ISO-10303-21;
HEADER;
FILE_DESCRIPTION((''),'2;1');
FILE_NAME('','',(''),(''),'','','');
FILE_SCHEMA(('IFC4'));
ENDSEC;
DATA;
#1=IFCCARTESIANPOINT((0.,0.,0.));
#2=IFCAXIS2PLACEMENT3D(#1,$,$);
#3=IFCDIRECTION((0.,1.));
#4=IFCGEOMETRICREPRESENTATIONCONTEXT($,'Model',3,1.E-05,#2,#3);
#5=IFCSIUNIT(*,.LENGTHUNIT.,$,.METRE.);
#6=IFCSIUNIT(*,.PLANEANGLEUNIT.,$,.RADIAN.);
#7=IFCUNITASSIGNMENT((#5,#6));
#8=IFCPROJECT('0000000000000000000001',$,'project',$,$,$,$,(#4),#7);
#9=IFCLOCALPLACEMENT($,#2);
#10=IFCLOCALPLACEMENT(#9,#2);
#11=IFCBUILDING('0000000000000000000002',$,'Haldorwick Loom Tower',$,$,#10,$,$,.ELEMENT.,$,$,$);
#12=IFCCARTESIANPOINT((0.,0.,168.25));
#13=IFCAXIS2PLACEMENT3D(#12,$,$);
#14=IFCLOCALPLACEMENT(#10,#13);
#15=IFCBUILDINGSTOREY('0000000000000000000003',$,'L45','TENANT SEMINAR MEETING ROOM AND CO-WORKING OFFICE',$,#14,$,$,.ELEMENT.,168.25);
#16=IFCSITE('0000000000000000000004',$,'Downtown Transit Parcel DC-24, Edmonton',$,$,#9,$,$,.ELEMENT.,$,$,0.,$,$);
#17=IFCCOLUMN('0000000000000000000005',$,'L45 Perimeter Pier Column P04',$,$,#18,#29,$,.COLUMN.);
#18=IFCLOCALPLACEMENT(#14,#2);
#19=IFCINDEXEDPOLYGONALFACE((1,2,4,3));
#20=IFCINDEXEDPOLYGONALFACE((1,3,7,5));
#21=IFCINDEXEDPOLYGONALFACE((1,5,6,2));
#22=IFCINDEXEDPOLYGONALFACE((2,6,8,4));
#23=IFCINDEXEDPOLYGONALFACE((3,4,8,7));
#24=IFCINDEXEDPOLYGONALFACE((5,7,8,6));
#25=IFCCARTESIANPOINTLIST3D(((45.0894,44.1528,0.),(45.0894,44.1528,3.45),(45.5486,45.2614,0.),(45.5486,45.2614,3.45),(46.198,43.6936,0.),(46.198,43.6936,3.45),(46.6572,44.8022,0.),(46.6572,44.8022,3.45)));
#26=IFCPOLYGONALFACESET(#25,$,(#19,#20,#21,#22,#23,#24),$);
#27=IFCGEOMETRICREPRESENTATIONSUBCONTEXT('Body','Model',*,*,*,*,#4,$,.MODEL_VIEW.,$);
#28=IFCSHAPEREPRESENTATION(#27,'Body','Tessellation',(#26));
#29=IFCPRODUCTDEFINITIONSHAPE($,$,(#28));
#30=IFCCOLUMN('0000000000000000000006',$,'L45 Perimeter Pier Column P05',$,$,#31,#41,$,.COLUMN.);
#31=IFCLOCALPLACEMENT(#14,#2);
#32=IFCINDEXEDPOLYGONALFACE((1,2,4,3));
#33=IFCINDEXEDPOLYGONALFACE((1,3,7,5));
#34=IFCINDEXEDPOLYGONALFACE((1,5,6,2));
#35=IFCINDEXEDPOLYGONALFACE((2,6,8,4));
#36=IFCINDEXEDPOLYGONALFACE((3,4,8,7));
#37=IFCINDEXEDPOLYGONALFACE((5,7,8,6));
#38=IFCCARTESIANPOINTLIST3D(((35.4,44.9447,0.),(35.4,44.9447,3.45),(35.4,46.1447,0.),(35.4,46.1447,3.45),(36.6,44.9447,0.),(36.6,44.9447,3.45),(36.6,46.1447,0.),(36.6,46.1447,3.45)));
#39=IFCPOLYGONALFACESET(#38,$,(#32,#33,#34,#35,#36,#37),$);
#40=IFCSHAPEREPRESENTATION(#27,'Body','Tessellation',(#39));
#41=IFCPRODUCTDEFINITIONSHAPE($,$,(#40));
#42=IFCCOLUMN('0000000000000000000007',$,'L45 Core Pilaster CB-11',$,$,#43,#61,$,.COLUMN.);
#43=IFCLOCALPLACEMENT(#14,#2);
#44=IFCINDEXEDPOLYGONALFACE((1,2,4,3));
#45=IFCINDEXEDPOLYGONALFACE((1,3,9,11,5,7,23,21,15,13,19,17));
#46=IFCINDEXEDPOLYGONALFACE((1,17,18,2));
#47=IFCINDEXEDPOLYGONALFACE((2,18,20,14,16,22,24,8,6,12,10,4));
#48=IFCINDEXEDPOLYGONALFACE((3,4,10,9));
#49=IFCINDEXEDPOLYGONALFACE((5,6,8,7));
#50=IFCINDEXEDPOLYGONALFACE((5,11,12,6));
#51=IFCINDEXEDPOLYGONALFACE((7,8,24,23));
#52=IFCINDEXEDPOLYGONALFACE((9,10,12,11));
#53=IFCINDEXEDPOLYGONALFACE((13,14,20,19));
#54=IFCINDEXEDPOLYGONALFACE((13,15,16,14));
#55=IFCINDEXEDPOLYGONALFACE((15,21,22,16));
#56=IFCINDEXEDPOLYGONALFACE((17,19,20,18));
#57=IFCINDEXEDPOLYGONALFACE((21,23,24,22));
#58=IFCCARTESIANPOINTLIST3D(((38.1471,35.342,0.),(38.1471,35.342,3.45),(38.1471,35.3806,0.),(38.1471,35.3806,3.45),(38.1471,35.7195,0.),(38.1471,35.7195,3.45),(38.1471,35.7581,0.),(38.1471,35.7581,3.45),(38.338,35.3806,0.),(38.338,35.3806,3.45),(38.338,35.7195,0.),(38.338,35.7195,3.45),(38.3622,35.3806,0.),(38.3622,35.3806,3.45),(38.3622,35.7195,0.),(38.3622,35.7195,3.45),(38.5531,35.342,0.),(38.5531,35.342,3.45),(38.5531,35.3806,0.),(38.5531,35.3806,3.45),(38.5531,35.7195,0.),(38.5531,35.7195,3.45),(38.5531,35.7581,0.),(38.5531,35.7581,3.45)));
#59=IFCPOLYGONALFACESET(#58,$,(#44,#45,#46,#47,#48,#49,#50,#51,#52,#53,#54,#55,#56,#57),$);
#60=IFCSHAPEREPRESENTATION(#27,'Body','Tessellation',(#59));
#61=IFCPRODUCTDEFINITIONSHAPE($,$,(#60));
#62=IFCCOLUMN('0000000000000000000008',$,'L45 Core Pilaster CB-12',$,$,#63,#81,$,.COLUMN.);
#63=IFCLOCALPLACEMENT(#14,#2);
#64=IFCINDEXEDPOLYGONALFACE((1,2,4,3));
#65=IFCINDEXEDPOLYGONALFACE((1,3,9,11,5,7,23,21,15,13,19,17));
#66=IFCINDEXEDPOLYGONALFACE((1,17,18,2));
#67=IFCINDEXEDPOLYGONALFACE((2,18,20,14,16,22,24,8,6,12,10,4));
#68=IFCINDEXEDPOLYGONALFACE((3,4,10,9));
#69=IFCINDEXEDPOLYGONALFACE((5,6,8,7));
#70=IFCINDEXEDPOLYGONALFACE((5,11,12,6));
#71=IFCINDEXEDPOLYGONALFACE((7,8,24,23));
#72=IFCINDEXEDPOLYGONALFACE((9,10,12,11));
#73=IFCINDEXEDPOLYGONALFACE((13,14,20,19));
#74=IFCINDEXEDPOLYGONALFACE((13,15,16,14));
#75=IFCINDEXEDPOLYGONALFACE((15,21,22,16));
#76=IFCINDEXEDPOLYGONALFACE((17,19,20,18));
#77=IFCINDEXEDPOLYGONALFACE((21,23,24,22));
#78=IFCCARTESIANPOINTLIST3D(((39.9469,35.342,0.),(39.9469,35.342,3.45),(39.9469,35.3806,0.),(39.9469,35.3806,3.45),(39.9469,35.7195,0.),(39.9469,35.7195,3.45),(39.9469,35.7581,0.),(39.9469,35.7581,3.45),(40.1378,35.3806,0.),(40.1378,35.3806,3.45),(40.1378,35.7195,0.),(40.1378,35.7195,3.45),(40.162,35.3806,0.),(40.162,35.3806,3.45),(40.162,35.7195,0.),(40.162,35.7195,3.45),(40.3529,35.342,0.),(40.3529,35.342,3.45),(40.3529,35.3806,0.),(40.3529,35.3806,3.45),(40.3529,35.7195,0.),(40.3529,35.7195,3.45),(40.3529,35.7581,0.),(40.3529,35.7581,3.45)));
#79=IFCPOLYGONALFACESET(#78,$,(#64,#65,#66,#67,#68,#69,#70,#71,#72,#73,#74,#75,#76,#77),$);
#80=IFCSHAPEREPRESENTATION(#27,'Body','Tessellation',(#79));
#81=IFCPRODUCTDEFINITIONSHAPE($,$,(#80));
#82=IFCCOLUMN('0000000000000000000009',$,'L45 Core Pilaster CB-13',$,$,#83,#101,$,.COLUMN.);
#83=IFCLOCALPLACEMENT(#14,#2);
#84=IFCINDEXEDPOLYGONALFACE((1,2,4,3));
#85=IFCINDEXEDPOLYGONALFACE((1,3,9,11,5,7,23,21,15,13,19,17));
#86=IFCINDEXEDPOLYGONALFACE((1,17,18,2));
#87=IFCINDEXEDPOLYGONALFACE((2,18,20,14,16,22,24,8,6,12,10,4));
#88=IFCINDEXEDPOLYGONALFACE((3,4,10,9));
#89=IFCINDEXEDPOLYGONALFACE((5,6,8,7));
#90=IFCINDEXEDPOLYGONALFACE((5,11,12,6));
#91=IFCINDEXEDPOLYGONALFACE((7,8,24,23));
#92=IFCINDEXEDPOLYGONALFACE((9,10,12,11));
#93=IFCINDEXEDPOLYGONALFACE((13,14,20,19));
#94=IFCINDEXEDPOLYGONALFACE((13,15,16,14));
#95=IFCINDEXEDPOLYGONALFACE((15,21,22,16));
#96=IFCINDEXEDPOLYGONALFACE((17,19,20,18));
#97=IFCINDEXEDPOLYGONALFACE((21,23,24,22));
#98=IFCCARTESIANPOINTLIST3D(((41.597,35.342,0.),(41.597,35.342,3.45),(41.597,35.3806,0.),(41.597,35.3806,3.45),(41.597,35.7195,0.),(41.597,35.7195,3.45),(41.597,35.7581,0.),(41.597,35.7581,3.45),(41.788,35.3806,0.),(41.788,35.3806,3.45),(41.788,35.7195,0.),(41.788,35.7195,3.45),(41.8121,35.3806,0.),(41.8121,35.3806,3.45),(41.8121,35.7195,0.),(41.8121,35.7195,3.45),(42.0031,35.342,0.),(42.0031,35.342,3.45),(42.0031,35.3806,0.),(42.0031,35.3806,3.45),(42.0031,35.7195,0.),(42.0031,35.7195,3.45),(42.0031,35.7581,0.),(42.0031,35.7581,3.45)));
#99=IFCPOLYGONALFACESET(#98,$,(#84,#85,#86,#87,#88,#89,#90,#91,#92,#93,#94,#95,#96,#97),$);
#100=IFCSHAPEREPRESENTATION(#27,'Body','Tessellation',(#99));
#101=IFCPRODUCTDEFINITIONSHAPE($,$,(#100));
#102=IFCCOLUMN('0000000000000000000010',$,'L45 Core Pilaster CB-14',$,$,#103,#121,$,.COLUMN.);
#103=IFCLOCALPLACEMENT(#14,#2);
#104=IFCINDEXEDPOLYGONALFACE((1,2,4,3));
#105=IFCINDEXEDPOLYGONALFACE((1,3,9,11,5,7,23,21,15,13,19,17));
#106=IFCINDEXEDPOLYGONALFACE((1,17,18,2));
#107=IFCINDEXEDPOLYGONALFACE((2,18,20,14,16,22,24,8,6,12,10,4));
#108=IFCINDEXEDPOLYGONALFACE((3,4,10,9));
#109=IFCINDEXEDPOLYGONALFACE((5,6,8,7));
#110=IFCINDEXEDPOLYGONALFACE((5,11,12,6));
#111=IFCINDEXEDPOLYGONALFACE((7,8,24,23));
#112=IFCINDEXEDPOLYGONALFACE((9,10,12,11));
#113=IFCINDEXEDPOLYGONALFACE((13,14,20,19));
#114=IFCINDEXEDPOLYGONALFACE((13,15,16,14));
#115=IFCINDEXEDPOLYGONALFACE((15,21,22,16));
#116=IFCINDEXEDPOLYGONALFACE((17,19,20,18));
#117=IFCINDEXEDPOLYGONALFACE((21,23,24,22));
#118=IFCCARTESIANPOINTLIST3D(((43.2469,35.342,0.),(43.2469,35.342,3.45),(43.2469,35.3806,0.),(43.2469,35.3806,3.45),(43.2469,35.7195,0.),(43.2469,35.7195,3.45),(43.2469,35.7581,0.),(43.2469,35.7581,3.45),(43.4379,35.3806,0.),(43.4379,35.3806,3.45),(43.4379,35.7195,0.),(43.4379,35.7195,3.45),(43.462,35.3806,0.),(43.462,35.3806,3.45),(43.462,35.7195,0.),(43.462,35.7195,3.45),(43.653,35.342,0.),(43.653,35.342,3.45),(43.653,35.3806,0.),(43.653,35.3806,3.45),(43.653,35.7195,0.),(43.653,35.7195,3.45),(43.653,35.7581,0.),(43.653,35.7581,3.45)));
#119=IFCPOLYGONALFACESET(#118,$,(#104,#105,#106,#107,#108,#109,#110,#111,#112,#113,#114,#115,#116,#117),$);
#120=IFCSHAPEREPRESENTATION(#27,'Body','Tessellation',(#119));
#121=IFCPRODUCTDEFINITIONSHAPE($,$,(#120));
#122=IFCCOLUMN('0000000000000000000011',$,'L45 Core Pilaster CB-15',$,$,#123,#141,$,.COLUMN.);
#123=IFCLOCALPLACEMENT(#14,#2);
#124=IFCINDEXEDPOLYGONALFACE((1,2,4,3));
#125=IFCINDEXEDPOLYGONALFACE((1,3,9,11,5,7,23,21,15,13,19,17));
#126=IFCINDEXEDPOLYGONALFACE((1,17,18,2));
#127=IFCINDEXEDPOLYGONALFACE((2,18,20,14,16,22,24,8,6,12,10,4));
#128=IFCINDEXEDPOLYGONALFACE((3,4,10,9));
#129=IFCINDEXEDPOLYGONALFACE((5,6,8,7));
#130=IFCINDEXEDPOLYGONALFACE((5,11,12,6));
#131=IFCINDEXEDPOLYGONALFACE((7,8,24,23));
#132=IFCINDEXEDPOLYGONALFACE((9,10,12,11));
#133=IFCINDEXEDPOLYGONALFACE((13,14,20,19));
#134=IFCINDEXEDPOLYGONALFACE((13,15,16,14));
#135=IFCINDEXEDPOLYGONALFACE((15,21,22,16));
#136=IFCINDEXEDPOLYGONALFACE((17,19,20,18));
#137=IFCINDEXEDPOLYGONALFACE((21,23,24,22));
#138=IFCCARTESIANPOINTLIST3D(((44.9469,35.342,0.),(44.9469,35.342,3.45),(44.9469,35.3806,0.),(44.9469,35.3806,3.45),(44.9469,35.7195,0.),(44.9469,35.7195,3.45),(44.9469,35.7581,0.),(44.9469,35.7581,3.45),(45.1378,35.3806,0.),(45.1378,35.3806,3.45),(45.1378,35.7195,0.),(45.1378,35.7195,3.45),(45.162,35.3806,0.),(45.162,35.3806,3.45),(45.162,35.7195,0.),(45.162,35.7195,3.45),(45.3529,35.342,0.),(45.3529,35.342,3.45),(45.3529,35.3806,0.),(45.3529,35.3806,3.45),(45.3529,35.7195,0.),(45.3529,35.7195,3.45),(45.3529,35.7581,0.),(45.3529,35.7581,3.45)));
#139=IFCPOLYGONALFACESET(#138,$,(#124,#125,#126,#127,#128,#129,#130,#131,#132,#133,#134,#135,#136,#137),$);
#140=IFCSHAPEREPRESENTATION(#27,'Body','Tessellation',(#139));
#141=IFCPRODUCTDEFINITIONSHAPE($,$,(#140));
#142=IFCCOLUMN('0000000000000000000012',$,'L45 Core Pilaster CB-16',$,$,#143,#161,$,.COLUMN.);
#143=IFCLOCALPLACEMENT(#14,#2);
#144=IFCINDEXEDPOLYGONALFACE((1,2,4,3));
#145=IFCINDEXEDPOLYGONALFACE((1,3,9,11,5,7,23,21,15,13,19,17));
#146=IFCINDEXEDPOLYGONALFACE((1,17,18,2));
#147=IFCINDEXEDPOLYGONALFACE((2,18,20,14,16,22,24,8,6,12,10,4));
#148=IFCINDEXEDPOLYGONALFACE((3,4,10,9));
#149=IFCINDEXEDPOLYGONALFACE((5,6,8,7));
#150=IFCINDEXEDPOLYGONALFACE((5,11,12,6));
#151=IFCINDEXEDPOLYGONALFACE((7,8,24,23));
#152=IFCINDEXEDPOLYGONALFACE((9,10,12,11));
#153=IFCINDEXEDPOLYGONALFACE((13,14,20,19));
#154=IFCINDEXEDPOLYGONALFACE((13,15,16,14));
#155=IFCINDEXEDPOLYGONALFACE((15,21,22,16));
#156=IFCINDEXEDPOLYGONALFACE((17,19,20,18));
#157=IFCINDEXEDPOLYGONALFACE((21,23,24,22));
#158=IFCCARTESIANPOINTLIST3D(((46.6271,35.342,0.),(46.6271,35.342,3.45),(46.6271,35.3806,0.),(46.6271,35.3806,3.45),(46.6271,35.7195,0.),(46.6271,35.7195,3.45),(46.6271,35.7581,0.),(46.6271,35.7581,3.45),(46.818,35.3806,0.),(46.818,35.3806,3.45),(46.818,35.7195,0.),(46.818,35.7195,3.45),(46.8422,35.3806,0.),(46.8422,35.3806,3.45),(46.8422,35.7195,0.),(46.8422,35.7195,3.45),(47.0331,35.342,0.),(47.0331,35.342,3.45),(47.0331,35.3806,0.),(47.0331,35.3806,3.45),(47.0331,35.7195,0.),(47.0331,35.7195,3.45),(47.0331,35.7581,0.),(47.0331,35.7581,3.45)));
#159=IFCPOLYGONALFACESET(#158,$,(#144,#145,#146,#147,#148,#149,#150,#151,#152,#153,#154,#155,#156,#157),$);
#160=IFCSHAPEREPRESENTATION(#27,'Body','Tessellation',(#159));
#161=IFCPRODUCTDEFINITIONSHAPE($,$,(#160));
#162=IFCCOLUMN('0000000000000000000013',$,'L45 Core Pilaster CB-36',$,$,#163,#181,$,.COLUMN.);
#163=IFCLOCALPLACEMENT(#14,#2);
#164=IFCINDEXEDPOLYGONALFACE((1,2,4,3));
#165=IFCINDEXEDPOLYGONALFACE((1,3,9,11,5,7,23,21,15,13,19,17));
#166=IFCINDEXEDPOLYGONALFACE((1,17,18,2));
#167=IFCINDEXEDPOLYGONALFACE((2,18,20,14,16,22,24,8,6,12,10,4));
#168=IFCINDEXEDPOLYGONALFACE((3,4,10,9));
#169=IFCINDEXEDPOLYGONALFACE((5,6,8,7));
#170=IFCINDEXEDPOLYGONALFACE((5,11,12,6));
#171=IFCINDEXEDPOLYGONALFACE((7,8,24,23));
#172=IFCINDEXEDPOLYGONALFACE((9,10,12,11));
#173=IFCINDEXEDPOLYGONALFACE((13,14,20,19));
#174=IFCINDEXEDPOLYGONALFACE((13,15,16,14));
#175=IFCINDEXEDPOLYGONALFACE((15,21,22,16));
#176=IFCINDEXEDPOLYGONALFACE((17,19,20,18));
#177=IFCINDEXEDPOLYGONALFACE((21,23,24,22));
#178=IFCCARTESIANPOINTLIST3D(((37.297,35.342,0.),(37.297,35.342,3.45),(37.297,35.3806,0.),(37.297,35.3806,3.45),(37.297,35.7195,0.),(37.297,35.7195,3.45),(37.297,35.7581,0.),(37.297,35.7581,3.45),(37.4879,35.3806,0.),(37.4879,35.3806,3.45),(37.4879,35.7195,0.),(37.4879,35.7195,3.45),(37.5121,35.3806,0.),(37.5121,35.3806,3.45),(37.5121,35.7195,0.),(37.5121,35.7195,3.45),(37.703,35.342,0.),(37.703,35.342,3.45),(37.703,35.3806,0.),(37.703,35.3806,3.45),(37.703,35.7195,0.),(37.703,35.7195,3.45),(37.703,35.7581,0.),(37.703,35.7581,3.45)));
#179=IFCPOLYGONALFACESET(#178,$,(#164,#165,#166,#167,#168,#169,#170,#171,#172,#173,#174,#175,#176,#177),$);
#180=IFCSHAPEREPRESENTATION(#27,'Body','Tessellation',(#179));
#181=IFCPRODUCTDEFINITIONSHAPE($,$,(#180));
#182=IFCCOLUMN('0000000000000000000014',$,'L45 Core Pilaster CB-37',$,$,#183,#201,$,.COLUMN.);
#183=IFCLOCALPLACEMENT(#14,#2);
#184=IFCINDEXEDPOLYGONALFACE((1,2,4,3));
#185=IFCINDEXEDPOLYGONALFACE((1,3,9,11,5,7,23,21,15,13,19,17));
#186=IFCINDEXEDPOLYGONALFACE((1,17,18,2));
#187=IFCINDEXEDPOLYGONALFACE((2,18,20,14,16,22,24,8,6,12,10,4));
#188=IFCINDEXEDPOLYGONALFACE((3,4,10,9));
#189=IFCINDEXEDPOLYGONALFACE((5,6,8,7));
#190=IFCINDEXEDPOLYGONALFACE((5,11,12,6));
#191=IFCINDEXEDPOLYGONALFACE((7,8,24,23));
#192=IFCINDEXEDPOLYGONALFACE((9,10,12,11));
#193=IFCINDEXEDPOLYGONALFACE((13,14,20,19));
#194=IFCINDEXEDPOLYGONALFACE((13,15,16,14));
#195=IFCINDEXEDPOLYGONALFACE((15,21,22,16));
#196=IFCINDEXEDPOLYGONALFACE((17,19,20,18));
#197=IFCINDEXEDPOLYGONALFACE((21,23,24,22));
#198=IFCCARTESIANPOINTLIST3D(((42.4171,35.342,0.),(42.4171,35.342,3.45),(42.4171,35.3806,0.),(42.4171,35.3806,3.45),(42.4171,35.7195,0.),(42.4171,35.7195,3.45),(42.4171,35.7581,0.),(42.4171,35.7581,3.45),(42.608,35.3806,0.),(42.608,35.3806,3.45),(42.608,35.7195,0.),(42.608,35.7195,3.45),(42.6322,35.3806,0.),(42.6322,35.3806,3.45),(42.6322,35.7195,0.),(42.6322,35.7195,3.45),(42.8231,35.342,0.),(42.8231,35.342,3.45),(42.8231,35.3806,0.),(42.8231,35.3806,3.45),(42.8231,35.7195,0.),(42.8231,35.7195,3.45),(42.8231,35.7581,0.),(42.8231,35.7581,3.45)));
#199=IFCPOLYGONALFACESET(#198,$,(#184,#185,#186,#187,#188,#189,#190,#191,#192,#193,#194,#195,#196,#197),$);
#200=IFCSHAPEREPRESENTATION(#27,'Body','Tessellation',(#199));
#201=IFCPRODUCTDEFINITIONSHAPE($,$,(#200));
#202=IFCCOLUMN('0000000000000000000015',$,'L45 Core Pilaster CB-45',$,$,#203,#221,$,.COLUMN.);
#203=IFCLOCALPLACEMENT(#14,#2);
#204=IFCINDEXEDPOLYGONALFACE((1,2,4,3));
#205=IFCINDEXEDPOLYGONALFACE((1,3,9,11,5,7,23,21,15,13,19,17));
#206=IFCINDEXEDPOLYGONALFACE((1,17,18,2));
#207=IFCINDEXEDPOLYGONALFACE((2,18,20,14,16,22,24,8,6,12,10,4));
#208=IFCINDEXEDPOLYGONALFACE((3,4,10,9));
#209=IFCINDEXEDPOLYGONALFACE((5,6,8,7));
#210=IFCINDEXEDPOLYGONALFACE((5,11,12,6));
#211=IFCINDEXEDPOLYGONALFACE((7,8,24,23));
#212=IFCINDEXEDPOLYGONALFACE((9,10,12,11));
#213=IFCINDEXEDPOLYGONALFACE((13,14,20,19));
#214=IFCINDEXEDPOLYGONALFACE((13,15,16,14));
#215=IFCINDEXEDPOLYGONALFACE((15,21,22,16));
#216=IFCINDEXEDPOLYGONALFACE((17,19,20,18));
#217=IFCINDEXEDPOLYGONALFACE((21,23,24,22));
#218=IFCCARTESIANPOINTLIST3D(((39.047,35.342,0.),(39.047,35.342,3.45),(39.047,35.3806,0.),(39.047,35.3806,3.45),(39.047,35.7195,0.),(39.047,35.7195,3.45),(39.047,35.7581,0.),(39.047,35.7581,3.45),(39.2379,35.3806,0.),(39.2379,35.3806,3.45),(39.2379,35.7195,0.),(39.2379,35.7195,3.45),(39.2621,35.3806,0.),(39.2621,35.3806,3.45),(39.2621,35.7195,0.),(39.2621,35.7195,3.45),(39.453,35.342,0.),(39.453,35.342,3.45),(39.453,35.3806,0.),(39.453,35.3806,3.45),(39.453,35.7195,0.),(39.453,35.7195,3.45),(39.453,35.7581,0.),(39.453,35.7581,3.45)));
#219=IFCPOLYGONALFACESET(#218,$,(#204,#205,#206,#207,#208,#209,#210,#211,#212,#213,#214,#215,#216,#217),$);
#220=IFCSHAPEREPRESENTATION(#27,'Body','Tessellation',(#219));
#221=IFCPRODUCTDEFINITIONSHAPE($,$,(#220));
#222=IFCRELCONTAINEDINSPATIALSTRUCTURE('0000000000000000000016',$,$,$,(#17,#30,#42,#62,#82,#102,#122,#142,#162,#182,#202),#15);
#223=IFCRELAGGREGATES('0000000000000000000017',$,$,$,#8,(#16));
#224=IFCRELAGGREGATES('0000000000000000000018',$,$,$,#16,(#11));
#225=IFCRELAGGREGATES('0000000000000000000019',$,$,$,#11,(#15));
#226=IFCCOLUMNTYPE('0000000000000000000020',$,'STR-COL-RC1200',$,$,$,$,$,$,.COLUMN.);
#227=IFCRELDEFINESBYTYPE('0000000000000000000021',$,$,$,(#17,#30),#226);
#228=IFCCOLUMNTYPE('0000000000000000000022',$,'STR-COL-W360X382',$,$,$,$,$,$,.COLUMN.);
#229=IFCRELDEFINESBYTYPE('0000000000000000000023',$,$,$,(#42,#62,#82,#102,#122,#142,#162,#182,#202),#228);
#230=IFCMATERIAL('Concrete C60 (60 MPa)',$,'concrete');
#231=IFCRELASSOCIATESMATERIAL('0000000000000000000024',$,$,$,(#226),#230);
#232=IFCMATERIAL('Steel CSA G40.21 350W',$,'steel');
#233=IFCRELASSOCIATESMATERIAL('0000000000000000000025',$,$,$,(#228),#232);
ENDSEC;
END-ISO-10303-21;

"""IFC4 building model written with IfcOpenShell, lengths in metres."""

from ifc_helpers import new_model, si_unit, direction, frame, origin, origin_2d, place, context, subcontext, project, spatial, rectangle, i_section, extrude, material, material_profile, profile_set, type_object, element, save


model = new_model("IFC4")

# Units and contexts
model_context = context("Model", 3, precision=1e-05, world=origin(), true_north=direction((0.0, 1.0)))
body_context = subcontext(model_context, "Body", "Model", "MODEL_VIEW")
ifc_project = project(units=[si_unit("LENGTHUNIT", "METRE"), si_unit("PLANEANGLEUNIT", "RADIAN")], contexts=[model_context])

# Site, building, storey
site_placement = place(None, origin())
site = spatial("IfcSite", under=ifc_project, at=site_placement, Name="Downtown Transit Parcel DC-24, Edmonton", CompositionType="ELEMENT", RefElevation=0.0)
building_placement = place(site_placement, origin())
building = spatial("IfcBuilding", under=site, at=building_placement, Name="Haldorwick Loom Tower", CompositionType="ELEMENT")
storey_placement = place(building_placement, frame((0.0, 0.0, 168.25)))
storey = spatial("IfcBuildingStorey", under=building, at=storey_placement, Name="L45", Description="TENANT SEMINAR MEETING ROOM AND CO-WORKING OFFICE", CompositionType="ELEMENT", Elevation=168.25)

# Columns
ifc_material_1 = material(Name="Concrete C60 (60 MPa)", Category="concrete")
ifc_material_profile_1 = material_profile(ifc_material_1, rectangle(XDim=1.2, YDim=1.2, at=origin_2d()), Name="RC1200X1200", Category="concrete")
ifc_profile_set_1 = profile_set([ifc_material_profile_1], Name="Concrete C60 (60 MPa)")
column_type_1 = type_object("IfcColumnType", Name="STR-COL-RC1200", PredefinedType="COLUMN", material=ifc_profile_set_1)
for number, where, z_axis, x_axis, name in (
    (1, (45.8733, 44.4775, 0.0), (0.0, 0.0, 1.0), (0.382683, 0.92388, 0.0), "L45 Perimeter Pier Column P04"),
    (2, (36.0, 45.5447, 0.0), (0.0, 0.0, 1.0), (0.0, 1.0, 0.0), "L45 Perimeter Pier Column P05"),
):
    element("IfcColumn", number, at=place(storey_placement, frame(where, z_axis=z_axis, x_axis=x_axis)), inside=storey, type_object=column_type_1, Name=name, PredefinedType="COLUMN", context=body_context, shape_type="SweptSolid", body=[
        extrude(rectangle(XDim=1.2, YDim=1.2, at=origin_2d()), origin(), (0.0, 0.0, 1.0), 3.45),
    ])
ifc_material_2 = material(Name="Steel CSA G40.21 350W", Category="steel")
ifc_material_profile_2 = material_profile(ifc_material_2, i_section(OverallWidth=0.406, OverallDepth=0.416, WebThickness=0.0242, FlangeThickness=0.0386, at=origin_2d()), Name="W360X382", Category="steel")
ifc_profile_set_2 = profile_set([ifc_material_profile_2], Name="Steel CSA G40.21 350W")
column_type_2 = type_object("IfcColumnType", Name="STR-COL-W360X382", PredefinedType="COLUMN", material=ifc_profile_set_2)
for number, where, z_axis, x_axis, name in (
    (3, (38.3501, 35.55, 0.0), (0.0, 0.0, 1.0), (1.0, 0.0, 0.0), "L45 Core Pilaster CB-11"),
    (4, (40.1499, 35.55, 0.0), (0.0, 0.0, 1.0), (1.0, 0.0, 0.0), "L45 Core Pilaster CB-12"),
    (5, (41.8, 35.55, 0.0), (0.0, 0.0, 1.0), (1.0, 0.0, 0.0), "L45 Core Pilaster CB-13"),
    (6, (43.45, 35.55, 0.0), (0.0, 0.0, 1.0), (1.0, 0.0, 0.0), "L45 Core Pilaster CB-14"),
    (7, (45.1499, 35.55, 0.0), (0.0, 0.0, 1.0), (1.0, 0.0, 0.0), "L45 Core Pilaster CB-15"),
    (8, (46.8301, 35.55, 0.0), (0.0, 0.0, 1.0), (1.0, 0.0, 0.0), "L45 Core Pilaster CB-16"),
    (9, (37.5, 35.55, 0.0), (0.0, 0.0, 1.0), (1.0, 0.0, 0.0), "L45 Core Pilaster CB-36"),
    (10, (42.6201, 35.55, 0.0), (0.0, 0.0, 1.0), (1.0, 0.0, 0.0), "L45 Core Pilaster CB-37"),
    (11, (39.25, 35.55, 0.0), (0.0, 0.0, 1.0), (1.0, 0.0, 0.0), "L45 Core Pilaster CB-45"),
):
    element("IfcColumn", number, at=place(storey_placement, frame(where, z_axis=z_axis, x_axis=x_axis)), inside=storey, type_object=column_type_2, Name=name, PredefinedType="COLUMN", context=body_context, shape_type="SweptSolid", body=[
        extrude(i_section(OverallWidth=0.406, OverallDepth=0.416, WebThickness=0.0242, FlangeThickness=0.0386, at=origin_2d()), origin(), (0.0, 0.0, 1.0), 3.45),
    ])

save(model, "model.ifc")
